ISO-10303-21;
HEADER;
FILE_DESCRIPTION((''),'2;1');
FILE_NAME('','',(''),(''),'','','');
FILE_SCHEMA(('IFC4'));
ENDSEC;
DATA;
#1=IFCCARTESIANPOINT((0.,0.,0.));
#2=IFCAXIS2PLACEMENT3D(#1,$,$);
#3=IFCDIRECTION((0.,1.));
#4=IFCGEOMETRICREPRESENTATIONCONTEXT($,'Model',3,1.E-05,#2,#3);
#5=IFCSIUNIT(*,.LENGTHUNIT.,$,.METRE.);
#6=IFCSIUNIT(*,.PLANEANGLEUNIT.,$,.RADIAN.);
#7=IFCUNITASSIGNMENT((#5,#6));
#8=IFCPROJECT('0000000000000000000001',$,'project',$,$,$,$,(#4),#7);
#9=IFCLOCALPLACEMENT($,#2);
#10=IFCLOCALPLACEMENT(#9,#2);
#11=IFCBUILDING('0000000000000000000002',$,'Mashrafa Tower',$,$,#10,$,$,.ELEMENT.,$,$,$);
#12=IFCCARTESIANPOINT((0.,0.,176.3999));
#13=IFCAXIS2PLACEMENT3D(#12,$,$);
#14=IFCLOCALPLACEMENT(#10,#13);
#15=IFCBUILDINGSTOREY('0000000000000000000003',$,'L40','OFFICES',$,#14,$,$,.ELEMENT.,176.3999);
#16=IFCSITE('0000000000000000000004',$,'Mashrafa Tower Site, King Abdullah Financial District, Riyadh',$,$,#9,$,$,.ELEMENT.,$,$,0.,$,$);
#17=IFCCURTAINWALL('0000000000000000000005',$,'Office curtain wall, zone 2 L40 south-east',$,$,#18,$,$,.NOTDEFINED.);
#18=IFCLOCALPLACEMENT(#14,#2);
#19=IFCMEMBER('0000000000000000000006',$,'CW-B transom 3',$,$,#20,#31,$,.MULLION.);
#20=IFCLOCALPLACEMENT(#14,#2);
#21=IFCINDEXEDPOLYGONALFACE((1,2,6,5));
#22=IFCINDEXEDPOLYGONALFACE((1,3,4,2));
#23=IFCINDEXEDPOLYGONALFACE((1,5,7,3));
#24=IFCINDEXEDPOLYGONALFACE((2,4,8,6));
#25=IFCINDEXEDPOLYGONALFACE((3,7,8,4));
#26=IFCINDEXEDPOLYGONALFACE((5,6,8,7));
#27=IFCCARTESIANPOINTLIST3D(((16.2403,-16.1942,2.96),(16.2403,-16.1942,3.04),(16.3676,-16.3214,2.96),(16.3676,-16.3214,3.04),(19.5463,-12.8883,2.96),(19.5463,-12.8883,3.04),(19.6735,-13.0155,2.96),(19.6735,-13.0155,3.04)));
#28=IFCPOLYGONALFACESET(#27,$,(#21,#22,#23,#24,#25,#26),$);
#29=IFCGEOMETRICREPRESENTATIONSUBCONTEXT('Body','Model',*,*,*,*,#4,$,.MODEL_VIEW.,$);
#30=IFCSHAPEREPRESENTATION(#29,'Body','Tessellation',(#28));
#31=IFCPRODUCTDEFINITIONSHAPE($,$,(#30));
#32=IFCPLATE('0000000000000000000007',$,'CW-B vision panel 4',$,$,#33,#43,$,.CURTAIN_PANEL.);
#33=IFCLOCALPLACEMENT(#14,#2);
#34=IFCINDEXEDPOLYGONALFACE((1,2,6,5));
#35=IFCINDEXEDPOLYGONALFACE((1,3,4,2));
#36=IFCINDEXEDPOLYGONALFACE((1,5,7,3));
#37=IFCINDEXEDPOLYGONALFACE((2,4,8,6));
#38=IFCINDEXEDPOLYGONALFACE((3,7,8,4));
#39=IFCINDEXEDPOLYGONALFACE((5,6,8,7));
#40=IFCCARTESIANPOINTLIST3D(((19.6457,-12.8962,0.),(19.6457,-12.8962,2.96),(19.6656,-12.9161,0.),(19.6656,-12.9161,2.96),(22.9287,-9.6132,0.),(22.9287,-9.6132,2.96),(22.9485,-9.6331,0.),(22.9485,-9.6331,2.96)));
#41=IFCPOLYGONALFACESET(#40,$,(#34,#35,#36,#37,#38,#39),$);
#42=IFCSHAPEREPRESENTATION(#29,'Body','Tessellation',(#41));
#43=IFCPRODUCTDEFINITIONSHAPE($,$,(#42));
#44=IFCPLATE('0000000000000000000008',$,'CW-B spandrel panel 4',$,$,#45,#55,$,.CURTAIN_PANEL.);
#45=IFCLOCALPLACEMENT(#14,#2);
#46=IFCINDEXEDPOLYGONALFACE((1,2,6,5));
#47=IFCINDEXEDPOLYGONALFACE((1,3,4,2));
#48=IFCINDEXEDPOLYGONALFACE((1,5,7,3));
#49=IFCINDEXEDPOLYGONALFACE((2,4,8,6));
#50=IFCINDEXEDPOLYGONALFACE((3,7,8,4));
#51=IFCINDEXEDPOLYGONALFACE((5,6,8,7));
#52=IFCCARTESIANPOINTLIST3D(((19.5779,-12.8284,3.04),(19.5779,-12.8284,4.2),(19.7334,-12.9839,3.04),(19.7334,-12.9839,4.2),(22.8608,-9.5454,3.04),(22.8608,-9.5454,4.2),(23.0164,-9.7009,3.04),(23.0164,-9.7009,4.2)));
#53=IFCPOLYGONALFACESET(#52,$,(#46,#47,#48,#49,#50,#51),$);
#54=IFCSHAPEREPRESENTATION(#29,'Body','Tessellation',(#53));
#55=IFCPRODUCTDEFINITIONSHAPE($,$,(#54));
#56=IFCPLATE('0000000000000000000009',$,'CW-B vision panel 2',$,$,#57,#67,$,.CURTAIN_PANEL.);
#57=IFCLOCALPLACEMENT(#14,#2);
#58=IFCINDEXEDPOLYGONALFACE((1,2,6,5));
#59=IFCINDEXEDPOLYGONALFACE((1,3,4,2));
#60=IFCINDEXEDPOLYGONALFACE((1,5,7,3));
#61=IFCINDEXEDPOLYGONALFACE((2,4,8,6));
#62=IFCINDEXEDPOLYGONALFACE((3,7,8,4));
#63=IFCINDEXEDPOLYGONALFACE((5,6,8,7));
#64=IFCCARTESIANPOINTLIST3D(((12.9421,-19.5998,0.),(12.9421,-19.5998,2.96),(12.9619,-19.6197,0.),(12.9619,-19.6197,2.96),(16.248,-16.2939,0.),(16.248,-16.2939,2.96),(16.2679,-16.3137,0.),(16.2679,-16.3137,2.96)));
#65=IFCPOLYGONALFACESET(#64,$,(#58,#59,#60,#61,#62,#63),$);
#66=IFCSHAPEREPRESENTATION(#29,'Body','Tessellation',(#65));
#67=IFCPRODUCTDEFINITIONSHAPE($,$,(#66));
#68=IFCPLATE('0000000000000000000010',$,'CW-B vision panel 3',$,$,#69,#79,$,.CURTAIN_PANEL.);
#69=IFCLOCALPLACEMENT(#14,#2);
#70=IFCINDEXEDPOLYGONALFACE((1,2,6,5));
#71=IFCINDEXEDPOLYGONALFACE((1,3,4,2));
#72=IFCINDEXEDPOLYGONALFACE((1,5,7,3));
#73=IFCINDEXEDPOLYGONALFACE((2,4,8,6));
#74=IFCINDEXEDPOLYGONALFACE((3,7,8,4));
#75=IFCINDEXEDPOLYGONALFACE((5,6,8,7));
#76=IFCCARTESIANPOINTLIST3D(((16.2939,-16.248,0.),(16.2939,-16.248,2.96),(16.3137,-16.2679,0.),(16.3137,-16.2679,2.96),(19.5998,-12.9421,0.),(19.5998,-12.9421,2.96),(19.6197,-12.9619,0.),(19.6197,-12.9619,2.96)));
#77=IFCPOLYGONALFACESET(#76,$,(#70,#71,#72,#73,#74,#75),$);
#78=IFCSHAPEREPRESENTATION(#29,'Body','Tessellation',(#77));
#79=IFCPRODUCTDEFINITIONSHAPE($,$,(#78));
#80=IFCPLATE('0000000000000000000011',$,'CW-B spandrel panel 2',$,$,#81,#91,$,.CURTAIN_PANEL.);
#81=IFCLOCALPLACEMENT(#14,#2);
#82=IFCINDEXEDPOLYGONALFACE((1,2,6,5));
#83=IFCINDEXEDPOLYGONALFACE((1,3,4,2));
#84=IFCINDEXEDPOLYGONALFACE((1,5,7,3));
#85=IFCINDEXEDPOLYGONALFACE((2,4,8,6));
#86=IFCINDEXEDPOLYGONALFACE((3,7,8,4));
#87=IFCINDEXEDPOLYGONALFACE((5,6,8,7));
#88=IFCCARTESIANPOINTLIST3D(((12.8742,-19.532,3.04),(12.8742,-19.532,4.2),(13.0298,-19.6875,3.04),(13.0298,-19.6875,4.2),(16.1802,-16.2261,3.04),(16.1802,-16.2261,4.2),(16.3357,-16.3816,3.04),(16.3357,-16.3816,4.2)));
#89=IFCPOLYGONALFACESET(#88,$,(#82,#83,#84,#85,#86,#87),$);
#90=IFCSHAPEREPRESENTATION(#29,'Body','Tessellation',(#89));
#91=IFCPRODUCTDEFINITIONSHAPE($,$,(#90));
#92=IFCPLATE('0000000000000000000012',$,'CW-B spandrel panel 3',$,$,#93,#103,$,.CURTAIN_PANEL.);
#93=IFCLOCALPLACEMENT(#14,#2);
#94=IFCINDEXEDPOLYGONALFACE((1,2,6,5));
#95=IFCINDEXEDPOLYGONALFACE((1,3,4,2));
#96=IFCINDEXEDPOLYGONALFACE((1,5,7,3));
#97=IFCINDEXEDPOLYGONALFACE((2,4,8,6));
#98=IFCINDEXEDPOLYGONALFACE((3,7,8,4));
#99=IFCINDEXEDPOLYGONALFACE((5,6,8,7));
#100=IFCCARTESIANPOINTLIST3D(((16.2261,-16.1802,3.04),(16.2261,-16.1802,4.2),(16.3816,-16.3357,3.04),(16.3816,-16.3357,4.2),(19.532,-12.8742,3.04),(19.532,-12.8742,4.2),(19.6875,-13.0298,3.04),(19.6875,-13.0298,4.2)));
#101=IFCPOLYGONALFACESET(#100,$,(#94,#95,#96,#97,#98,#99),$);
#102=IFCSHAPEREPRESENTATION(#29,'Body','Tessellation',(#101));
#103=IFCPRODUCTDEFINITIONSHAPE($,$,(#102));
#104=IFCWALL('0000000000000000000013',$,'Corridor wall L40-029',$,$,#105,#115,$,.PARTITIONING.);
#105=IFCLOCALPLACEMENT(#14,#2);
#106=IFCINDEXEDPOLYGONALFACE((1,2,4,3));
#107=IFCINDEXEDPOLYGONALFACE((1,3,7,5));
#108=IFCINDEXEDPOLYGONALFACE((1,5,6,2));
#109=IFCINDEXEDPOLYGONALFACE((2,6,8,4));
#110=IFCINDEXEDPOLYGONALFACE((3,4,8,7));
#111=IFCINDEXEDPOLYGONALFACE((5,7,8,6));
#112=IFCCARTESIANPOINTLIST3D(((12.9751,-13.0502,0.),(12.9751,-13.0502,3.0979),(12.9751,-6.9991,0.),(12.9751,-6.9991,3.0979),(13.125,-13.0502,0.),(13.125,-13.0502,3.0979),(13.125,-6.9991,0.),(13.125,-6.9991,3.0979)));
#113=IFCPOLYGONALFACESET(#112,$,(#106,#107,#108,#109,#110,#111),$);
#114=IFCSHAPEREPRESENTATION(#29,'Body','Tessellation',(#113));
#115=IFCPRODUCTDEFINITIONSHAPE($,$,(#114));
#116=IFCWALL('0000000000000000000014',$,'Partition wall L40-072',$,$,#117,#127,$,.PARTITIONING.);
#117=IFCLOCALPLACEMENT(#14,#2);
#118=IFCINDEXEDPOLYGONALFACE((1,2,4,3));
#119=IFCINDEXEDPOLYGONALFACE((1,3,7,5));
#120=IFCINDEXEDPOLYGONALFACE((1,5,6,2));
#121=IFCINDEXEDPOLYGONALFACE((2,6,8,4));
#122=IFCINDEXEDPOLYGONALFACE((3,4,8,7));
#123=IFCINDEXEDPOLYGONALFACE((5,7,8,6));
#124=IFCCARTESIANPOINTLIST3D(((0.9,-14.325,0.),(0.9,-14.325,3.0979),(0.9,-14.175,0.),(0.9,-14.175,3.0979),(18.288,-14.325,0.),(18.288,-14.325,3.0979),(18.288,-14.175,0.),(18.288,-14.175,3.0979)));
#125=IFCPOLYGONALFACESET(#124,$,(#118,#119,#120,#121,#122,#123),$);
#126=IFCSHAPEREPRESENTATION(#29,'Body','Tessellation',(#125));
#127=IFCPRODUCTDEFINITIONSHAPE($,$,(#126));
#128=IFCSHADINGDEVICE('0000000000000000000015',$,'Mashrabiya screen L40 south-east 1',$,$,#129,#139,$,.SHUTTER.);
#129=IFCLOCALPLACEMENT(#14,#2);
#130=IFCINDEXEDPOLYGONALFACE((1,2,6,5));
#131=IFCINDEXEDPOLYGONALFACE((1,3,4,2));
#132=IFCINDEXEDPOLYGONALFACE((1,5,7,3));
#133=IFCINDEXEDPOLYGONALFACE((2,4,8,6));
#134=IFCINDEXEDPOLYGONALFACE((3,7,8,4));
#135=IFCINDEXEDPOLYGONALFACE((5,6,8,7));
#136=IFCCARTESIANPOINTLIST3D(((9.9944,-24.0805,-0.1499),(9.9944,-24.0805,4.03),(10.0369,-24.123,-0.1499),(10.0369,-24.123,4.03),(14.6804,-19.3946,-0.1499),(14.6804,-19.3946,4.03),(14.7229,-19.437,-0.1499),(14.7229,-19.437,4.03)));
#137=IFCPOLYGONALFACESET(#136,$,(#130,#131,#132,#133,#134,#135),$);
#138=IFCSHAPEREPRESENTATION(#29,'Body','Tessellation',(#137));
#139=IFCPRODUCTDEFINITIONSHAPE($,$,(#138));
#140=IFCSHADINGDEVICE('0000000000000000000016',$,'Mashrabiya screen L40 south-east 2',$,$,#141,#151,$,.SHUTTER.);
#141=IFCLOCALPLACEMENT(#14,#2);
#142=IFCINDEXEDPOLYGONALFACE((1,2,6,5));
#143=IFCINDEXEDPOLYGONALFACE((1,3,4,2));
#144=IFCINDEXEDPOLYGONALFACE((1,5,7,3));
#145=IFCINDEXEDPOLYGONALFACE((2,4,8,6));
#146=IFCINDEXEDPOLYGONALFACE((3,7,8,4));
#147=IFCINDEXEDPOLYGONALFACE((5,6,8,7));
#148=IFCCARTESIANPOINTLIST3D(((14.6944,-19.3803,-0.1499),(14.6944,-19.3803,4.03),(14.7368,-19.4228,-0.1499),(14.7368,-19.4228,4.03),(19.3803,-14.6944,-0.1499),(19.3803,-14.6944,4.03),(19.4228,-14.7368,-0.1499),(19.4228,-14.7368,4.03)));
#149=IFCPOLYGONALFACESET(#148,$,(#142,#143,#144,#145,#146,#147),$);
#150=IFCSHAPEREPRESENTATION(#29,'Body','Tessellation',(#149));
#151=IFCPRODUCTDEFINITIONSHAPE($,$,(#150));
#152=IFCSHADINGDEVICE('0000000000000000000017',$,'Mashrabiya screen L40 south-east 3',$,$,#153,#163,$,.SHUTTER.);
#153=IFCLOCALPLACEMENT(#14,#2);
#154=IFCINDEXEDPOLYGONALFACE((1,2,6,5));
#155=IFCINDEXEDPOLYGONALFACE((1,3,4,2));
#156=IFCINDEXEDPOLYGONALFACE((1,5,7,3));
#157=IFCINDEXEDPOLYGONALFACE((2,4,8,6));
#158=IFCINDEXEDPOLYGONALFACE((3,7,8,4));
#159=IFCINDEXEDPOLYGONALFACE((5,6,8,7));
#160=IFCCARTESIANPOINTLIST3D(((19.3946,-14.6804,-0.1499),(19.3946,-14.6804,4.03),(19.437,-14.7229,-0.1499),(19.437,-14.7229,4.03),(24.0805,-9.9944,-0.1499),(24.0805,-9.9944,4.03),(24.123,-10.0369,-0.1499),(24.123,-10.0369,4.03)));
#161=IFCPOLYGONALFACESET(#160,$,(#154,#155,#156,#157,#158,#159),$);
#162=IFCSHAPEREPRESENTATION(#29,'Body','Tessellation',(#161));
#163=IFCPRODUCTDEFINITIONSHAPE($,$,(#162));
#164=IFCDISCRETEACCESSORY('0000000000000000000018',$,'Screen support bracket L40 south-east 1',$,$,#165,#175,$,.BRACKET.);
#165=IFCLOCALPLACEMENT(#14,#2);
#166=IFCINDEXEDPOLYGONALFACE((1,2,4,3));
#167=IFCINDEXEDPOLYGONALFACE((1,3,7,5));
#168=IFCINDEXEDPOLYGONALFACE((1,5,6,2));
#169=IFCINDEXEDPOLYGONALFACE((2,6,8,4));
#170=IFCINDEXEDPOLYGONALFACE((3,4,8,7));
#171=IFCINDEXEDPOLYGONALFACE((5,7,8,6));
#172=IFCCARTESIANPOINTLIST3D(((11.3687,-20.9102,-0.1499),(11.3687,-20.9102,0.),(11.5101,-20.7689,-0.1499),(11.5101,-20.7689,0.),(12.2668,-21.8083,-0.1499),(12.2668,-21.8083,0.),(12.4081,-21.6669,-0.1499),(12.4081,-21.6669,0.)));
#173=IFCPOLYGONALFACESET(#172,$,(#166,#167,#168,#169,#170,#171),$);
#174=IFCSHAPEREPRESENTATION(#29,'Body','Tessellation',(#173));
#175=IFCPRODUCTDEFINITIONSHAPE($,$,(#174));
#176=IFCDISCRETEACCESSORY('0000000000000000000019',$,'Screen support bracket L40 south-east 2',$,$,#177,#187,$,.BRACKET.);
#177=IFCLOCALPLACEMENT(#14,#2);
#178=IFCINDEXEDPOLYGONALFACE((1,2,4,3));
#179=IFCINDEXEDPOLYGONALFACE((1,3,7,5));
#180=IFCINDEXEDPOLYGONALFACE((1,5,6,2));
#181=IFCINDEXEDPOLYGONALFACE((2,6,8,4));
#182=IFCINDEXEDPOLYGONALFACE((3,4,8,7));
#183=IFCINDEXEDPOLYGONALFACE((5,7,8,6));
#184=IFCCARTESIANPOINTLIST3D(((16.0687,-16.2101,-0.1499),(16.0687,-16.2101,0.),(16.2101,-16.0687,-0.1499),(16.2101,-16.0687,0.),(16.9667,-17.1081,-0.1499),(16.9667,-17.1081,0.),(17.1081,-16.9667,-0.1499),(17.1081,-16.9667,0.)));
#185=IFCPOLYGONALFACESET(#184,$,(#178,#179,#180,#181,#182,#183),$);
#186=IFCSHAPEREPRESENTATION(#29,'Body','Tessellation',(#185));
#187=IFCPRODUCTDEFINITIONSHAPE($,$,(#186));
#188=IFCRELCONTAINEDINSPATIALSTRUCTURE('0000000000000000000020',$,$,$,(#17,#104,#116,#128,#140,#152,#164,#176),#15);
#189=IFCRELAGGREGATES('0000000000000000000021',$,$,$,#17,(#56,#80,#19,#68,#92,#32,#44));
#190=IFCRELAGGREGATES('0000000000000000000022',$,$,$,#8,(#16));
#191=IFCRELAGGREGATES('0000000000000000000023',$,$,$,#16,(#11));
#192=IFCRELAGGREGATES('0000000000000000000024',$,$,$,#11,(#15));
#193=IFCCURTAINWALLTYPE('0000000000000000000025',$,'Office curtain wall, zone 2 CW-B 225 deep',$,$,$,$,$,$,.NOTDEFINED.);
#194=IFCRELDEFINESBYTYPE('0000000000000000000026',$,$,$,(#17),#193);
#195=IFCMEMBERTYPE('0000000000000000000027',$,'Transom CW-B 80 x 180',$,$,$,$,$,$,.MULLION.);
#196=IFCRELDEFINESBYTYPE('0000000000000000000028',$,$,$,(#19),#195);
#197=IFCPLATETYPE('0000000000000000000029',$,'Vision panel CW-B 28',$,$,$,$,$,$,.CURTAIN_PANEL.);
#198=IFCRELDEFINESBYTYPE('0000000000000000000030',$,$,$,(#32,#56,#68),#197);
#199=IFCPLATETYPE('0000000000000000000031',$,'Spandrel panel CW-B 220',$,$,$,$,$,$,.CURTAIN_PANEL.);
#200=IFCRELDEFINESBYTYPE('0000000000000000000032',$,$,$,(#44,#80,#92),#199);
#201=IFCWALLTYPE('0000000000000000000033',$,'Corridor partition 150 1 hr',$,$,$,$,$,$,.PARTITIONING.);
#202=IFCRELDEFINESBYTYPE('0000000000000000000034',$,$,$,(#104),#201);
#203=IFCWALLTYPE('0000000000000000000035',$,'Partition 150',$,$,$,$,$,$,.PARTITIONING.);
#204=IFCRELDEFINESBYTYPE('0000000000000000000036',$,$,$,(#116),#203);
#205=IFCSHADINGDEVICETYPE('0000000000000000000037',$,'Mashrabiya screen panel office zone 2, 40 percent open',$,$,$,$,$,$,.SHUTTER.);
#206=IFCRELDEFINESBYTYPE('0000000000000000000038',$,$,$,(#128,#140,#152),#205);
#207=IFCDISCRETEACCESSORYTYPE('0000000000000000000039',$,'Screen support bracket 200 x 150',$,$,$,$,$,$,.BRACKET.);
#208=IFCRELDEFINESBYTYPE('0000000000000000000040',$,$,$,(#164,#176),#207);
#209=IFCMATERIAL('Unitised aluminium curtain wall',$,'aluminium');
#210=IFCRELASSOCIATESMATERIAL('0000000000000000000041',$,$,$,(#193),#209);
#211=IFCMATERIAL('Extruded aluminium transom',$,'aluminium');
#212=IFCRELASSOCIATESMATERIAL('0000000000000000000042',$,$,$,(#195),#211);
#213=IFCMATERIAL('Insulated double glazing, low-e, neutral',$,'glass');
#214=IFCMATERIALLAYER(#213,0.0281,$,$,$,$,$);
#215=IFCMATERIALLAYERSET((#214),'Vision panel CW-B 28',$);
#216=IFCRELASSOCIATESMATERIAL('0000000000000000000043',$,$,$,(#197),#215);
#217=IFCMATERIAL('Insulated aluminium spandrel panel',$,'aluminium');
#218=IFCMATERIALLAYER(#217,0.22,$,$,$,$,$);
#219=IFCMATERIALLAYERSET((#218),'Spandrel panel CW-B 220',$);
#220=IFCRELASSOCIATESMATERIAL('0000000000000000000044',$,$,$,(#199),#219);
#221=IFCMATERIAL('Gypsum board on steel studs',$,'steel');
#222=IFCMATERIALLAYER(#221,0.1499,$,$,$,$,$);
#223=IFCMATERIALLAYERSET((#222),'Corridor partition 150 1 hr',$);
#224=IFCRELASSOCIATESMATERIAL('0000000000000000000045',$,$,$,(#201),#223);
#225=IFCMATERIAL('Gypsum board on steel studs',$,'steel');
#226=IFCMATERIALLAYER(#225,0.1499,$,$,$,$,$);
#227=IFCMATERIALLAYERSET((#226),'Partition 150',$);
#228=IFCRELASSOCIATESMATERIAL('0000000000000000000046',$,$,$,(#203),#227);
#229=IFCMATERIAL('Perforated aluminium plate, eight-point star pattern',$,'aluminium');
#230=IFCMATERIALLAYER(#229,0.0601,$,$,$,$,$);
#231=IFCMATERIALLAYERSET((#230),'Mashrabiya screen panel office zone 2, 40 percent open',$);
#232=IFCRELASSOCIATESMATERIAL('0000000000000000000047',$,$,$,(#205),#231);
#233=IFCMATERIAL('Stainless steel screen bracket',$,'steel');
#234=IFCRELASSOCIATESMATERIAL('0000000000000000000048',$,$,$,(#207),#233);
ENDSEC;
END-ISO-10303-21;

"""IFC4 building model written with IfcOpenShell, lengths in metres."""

from ifc_helpers import new_model, si_unit, direction, frame, frame_2d, origin, origin_2d, place, context, subcontext, project, spatial, rectangle, extrude, source, transform, mapped, material, layer, layer_set, material_profile, profile_set, type_object, type_shapes, element, aggregate, save


model = new_model("IFC4")

# Units and contexts
model_context = context("Model", 3, precision=1e-05, world=origin(), true_north=direction((0.0, 1.0)))
body_context = subcontext(model_context, "Body", "Model", "MODEL_VIEW")
ifc_project = project(units=[si_unit("LENGTHUNIT", "METRE"), si_unit("PLANEANGLEUNIT", "RADIAN")], contexts=[model_context])

# Site, building, storey
site_placement = place(None, origin())
site = spatial("IfcSite", under=ifc_project, at=site_placement, Name="Mashrafa Tower Site, King Abdullah Financial District, Riyadh", CompositionType="ELEMENT", RefElevation=0.0)
building_placement = place(site_placement, origin())
building = spatial("IfcBuilding", under=site, at=building_placement, Name="Mashrafa Tower", CompositionType="ELEMENT")
storey_placement = place(building_placement, frame((0.0, 0.0, 176.3999)))
storey = spatial("IfcBuildingStorey", under=building, at=storey_placement, Name="L40", Description="OFFICES", CompositionType="ELEMENT", Elevation=176.3999)

# Curtain wall, member, plates
ifc_material_1 = material(Name="Unitised aluminium curtain wall", Category="aluminium")
curtain_wall_type = type_object("IfcCurtainWallType", Name="Office curtain wall, zone 2 CW-B 225 deep", PredefinedType="NOTDEFINED", material=ifc_material_1)
curtain_wall_placement = place(storey_placement, origin())
curtain_wall = element("IfcCurtainWall", 1, at=curtain_wall_placement, inside=storey, type_object=curtain_wall_type, Name="Office curtain wall, zone 2 L40 south-east", PredefinedType="NOTDEFINED")
ifc_material_2 = material(Name="Extruded aluminium transom", Category="aluminium")
ifc_material_profile_1 = material_profile(ifc_material_2, rectangle(XDim=0.1799, YDim=0.0801, at=origin_2d()), Name="Transom 80x180")
ifc_profile_set_1 = profile_set([ifc_material_profile_1], Name="Extruded aluminium transom")
member_type_1 = type_object("IfcMemberType", Name="Transom CW-B 80 x 180", PredefinedType="MULLION", material=ifc_profile_set_1)
shared_shape_1 = source(origin(), body_context, "Body", "SweptSolid", [
    extrude(rectangle(XDim=0.1799, YDim=0.0801, at=origin_2d()), origin(), (0.0, 0.0, 1.0), 4.6753),
])
member_1_placement = place(storey_placement, frame((16.304, -16.2578, 3.0), z_axis=(0.707107, 0.707107, 0.0), x_axis=(-0.707107, 0.707107, 0.0)))
member_1 = element("IfcMember", 2, at=member_1_placement, type_object=member_type_1, Name="CW-B transom 3", PredefinedType="MULLION", context=body_context, shape_type="MappedRepresentation", body=[
    mapped(shared_shape_1, transform((0.0, 0.0, 0.0))),
])
ifc_material_3 = material(Name="Insulated double glazing, low-e, neutral", Category="glass")
ifc_layer_1 = layer(ifc_material_3, 0.0281)
ifc_layer_set_1 = layer_set([ifc_layer_1], Name="Vision panel CW-B 28")
plate_type_1 = type_object("IfcPlateType", Name="Vision panel CW-B 28", PredefinedType="CURTAIN_PANEL", material=ifc_layer_set_1)
shared_shape_2 = source(origin(), body_context, "Body", "SweptSolid", [
    extrude(rectangle(XDim=4.6428, YDim=0.0281, at=origin_2d()), origin(), (0.0, 0.0, 1.0), 2.96),
])
plate_1_placement = place(storey_placement, frame((21.2971, -11.2646, 0.0), z_axis=(0.0, 0.0, 1.0), x_axis=(0.707107, 0.707107, 0.0)))
plate_1 = element("IfcPlate", 3, at=plate_1_placement, type_object=plate_type_1, Name="CW-B vision panel 4", PredefinedType="CURTAIN_PANEL", context=body_context, shape_type="MappedRepresentation", body=[
    mapped(shared_shape_2, transform((0.0, 0.0, 0.0))),
])
ifc_material_4 = material(Name="Insulated aluminium spandrel panel", Category="aluminium")
ifc_layer_2 = layer(ifc_material_4, 0.22)
ifc_layer_set_2 = layer_set([ifc_layer_2], Name="Spandrel panel CW-B 220")
plate_type_2 = type_object("IfcPlateType", Name="Spandrel panel CW-B 220", PredefinedType="CURTAIN_PANEL", material=ifc_layer_set_2)
shared_shape_3 = source(origin(), body_context, "Body", "SweptSolid", [
    extrude(rectangle(XDim=4.6428, YDim=0.22, at=origin_2d()), origin(), (0.0, 0.0, 1.0), 1.1599),
])
plate_2_placement = place(storey_placement, frame((21.2971, -11.2646, 3.04), z_axis=(0.0, 0.0, 1.0), x_axis=(0.707107, 0.707107, 0.0)))
plate_2 = element("IfcPlate", 4, at=plate_2_placement, type_object=plate_type_2, Name="CW-B spandrel panel 4", PredefinedType="CURTAIN_PANEL", context=body_context, shape_type="MappedRepresentation", body=[
    mapped(shared_shape_3, transform((0.0, 0.0, 0.0))),
])
shared_shape_4 = source(origin(), body_context, "Body", "SweptSolid", [
    extrude(rectangle(XDim=4.6753, YDim=0.0281, at=origin_2d()), origin(), (0.0, 0.0, 1.0), 2.96),
])
type_shapes(plate_type_1, [shared_shape_2, shared_shape_4])
plate_3_placement = place(storey_placement, frame((14.605, -17.9568, 0.0), z_axis=(0.0, 0.0, 1.0), x_axis=(0.707107, 0.707107, 0.0)))
plate_3 = element("IfcPlate", 5, at=plate_3_placement, type_object=plate_type_1, Name="CW-B vision panel 2", PredefinedType="CURTAIN_PANEL", context=body_context, shape_type="MappedRepresentation", body=[
    mapped(shared_shape_4, transform((0.0, 0.0, 0.0))),
])
plate_4_placement = place(storey_placement, frame((17.9568, -14.605, 0.0), z_axis=(0.0, 0.0, 1.0), x_axis=(0.707107, 0.707107, 0.0)))
plate_4 = element("IfcPlate", 6, at=plate_4_placement, type_object=plate_type_1, Name="CW-B vision panel 3", PredefinedType="CURTAIN_PANEL", context=body_context, shape_type="MappedRepresentation", body=[
    mapped(shared_shape_4, transform((0.0, 0.0, 0.0))),
])
shared_shape_5 = source(origin(), body_context, "Body", "SweptSolid", [
    extrude(rectangle(XDim=4.6753, YDim=0.22, at=origin_2d()), origin(), (0.0, 0.0, 1.0), 1.1599),
])
type_shapes(plate_type_2, [shared_shape_3, shared_shape_5])
plate_5_placement = place(storey_placement, frame((14.605, -17.9568, 3.04), z_axis=(0.0, 0.0, 1.0), x_axis=(0.707107, 0.707107, 0.0)))
plate_5 = element("IfcPlate", 7, at=plate_5_placement, type_object=plate_type_2, Name="CW-B spandrel panel 2", PredefinedType="CURTAIN_PANEL", context=body_context, shape_type="MappedRepresentation", body=[
    mapped(shared_shape_5, transform((0.0, 0.0, 0.0))),
])
plate_6_placement = place(storey_placement, frame((17.9568, -14.605, 3.04), z_axis=(0.0, 0.0, 1.0), x_axis=(0.707107, 0.707107, 0.0)))
plate_6 = element("IfcPlate", 8, at=plate_6_placement, type_object=plate_type_2, Name="CW-B spandrel panel 3", PredefinedType="CURTAIN_PANEL", context=body_context, shape_type="MappedRepresentation", body=[
    mapped(shared_shape_5, transform((0.0, 0.0, 0.0))),
])
aggregate(curtain_wall, [plate_3, plate_5, member_1, plate_4, plate_6, plate_1, plate_2])

# Walls
ifc_material_5 = material(Name="Gypsum board on steel studs", Category="steel")
ifc_layer_3 = layer(ifc_material_5, 0.1499)
ifc_layer_set_3 = layer_set([ifc_layer_3], Name="Corridor partition 150 1 hr")
wall_type_1 = type_object("IfcWallType", Name="Corridor partition 150 1 hr", PredefinedType="PARTITIONING", material=ifc_layer_set_3)
wall_1_placement = place(storey_placement, frame((13.05, -13.05, 0.0), z_axis=(0.0, 0.0, 1.0), x_axis=(0.0, 1.0, 0.0)))
element("IfcWall", 9, at=wall_1_placement, inside=storey, type_object=wall_type_1, Name="Corridor wall L40-029", PredefinedType="PARTITIONING", context=body_context, shape_type="SweptSolid", body=[
    extrude(rectangle(XDim=6.051, YDim=0.1499, at=frame_2d((3.0254, 0.0))), origin(), (0.0, 0.0, 1.0), 3.0979),
])
ifc_material_6 = material(Name="Gypsum board on steel studs", Category="steel")
ifc_layer_4 = layer(ifc_material_6, 0.1499)
ifc_layer_set_4 = layer_set([ifc_layer_4], Name="Partition 150")
wall_type_2 = type_object("IfcWallType", Name="Partition 150", PredefinedType="PARTITIONING", material=ifc_layer_set_4)
wall_2_placement = place(storey_placement, frame((18.2878, -14.25, 0.0), z_axis=(0.0, 0.0, 1.0), x_axis=(-1.0, 0.0, 0.0)))
element("IfcWall", 10, at=wall_2_placement, inside=storey, type_object=wall_type_2, Name="Partition wall L40-072", PredefinedType="PARTITIONING", context=body_context, shape_type="SweptSolid", body=[
    extrude(rectangle(XDim=17.3879, YDim=0.1499, at=frame_2d((8.6938, 0.0))), origin(), (0.0, 0.0, 1.0), 3.0979),
])

# Shading devices
ifc_material_7 = material(Name="Perforated aluminium plate, eight-point star pattern", Category="aluminium")
ifc_layer_5 = layer(ifc_material_7, 0.0601)
ifc_layer_set_5 = layer_set([ifc_layer_5], Name="Mashrabiya screen panel office zone 2, 40 percent open")
shading_device_type = type_object("IfcShadingDeviceType", Name="Mashrabiya screen panel office zone 2, 40 percent open", PredefinedType="SHUTTER", material=ifc_layer_set_5)
shared_shape_6 = source(origin(), body_context, "Body", "SweptSolid", [
    extrude(rectangle(XDim=6.627, YDim=0.0601, at=origin_2d()), origin(), (0.0, 0.0, 1.0), 4.1799),
])
type_shapes(shading_device_type, [shared_shape_6])
for number, where, z_axis, x_axis, name in (
    (11, (12.3586, -21.7588, -0.1499), (0.0, 0.0, 1.0), (0.707107, 0.707107, 0.0), "Mashrabiya screen L40 south-east 1"),
    (12, (17.0586, -17.0586, -0.1499), (0.0, 0.0, 1.0), (0.707107, 0.707107, 0.0), "Mashrabiya screen L40 south-east 2"),
    (13, (21.7588, -12.3586, -0.1499), (0.0, 0.0, 1.0), (0.707107, 0.707107, 0.0), "Mashrabiya screen L40 south-east 3"),
):
    element("IfcShadingDevice", number, at=place(storey_placement, frame(where, z_axis=z_axis, x_axis=x_axis)), inside=storey, type_object=shading_device_type, Name=name, PredefinedType="SHUTTER", context=body_context, shape_type="MappedRepresentation", body=[
        mapped(shared_shape_6, transform((0.0, 0.0, 0.0))),
    ])

# Discrete accessories
ifc_material_8 = material(Name="Stainless steel screen bracket", Category="steel")
discrete_accessory_type = type_object("IfcDiscreteAccessoryType", Name="Screen support bracket 200 x 150", PredefinedType="BRACKET", material=ifc_material_8)
shared_shape_7 = source(origin(), body_context, "Body", "SweptSolid", [
    extrude(rectangle(XDim=0.2, YDim=1.27, at=origin_2d()), origin(), (0.0, 0.0, 1.0), 0.1499),
])
type_shapes(discrete_accessory_type, [shared_shape_7])
for number, where, z_axis, x_axis, name in (
    (14, (11.8884, -21.2886, -0.1499), (0.0, 0.0, 1.0), (0.707107, 0.707107, 0.0), "Screen support bracket L40 south-east 1"),
    (15, (16.5884, -16.5884, -0.1499), (0.0, 0.0, 1.0), (0.707107, 0.707107, 0.0), "Screen support bracket L40 south-east 2"),
):
    element("IfcDiscreteAccessory", number, at=place(storey_placement, frame(where, z_axis=z_axis, x_axis=x_axis)), inside=storey, type_object=discrete_accessory_type, Name=name, PredefinedType="BRACKET", context=body_context, shape_type="MappedRepresentation", body=[
        mapped(shared_shape_7, transform((0.0, 0.0, 0.0))),
    ])

save(model, "model.ifc")
